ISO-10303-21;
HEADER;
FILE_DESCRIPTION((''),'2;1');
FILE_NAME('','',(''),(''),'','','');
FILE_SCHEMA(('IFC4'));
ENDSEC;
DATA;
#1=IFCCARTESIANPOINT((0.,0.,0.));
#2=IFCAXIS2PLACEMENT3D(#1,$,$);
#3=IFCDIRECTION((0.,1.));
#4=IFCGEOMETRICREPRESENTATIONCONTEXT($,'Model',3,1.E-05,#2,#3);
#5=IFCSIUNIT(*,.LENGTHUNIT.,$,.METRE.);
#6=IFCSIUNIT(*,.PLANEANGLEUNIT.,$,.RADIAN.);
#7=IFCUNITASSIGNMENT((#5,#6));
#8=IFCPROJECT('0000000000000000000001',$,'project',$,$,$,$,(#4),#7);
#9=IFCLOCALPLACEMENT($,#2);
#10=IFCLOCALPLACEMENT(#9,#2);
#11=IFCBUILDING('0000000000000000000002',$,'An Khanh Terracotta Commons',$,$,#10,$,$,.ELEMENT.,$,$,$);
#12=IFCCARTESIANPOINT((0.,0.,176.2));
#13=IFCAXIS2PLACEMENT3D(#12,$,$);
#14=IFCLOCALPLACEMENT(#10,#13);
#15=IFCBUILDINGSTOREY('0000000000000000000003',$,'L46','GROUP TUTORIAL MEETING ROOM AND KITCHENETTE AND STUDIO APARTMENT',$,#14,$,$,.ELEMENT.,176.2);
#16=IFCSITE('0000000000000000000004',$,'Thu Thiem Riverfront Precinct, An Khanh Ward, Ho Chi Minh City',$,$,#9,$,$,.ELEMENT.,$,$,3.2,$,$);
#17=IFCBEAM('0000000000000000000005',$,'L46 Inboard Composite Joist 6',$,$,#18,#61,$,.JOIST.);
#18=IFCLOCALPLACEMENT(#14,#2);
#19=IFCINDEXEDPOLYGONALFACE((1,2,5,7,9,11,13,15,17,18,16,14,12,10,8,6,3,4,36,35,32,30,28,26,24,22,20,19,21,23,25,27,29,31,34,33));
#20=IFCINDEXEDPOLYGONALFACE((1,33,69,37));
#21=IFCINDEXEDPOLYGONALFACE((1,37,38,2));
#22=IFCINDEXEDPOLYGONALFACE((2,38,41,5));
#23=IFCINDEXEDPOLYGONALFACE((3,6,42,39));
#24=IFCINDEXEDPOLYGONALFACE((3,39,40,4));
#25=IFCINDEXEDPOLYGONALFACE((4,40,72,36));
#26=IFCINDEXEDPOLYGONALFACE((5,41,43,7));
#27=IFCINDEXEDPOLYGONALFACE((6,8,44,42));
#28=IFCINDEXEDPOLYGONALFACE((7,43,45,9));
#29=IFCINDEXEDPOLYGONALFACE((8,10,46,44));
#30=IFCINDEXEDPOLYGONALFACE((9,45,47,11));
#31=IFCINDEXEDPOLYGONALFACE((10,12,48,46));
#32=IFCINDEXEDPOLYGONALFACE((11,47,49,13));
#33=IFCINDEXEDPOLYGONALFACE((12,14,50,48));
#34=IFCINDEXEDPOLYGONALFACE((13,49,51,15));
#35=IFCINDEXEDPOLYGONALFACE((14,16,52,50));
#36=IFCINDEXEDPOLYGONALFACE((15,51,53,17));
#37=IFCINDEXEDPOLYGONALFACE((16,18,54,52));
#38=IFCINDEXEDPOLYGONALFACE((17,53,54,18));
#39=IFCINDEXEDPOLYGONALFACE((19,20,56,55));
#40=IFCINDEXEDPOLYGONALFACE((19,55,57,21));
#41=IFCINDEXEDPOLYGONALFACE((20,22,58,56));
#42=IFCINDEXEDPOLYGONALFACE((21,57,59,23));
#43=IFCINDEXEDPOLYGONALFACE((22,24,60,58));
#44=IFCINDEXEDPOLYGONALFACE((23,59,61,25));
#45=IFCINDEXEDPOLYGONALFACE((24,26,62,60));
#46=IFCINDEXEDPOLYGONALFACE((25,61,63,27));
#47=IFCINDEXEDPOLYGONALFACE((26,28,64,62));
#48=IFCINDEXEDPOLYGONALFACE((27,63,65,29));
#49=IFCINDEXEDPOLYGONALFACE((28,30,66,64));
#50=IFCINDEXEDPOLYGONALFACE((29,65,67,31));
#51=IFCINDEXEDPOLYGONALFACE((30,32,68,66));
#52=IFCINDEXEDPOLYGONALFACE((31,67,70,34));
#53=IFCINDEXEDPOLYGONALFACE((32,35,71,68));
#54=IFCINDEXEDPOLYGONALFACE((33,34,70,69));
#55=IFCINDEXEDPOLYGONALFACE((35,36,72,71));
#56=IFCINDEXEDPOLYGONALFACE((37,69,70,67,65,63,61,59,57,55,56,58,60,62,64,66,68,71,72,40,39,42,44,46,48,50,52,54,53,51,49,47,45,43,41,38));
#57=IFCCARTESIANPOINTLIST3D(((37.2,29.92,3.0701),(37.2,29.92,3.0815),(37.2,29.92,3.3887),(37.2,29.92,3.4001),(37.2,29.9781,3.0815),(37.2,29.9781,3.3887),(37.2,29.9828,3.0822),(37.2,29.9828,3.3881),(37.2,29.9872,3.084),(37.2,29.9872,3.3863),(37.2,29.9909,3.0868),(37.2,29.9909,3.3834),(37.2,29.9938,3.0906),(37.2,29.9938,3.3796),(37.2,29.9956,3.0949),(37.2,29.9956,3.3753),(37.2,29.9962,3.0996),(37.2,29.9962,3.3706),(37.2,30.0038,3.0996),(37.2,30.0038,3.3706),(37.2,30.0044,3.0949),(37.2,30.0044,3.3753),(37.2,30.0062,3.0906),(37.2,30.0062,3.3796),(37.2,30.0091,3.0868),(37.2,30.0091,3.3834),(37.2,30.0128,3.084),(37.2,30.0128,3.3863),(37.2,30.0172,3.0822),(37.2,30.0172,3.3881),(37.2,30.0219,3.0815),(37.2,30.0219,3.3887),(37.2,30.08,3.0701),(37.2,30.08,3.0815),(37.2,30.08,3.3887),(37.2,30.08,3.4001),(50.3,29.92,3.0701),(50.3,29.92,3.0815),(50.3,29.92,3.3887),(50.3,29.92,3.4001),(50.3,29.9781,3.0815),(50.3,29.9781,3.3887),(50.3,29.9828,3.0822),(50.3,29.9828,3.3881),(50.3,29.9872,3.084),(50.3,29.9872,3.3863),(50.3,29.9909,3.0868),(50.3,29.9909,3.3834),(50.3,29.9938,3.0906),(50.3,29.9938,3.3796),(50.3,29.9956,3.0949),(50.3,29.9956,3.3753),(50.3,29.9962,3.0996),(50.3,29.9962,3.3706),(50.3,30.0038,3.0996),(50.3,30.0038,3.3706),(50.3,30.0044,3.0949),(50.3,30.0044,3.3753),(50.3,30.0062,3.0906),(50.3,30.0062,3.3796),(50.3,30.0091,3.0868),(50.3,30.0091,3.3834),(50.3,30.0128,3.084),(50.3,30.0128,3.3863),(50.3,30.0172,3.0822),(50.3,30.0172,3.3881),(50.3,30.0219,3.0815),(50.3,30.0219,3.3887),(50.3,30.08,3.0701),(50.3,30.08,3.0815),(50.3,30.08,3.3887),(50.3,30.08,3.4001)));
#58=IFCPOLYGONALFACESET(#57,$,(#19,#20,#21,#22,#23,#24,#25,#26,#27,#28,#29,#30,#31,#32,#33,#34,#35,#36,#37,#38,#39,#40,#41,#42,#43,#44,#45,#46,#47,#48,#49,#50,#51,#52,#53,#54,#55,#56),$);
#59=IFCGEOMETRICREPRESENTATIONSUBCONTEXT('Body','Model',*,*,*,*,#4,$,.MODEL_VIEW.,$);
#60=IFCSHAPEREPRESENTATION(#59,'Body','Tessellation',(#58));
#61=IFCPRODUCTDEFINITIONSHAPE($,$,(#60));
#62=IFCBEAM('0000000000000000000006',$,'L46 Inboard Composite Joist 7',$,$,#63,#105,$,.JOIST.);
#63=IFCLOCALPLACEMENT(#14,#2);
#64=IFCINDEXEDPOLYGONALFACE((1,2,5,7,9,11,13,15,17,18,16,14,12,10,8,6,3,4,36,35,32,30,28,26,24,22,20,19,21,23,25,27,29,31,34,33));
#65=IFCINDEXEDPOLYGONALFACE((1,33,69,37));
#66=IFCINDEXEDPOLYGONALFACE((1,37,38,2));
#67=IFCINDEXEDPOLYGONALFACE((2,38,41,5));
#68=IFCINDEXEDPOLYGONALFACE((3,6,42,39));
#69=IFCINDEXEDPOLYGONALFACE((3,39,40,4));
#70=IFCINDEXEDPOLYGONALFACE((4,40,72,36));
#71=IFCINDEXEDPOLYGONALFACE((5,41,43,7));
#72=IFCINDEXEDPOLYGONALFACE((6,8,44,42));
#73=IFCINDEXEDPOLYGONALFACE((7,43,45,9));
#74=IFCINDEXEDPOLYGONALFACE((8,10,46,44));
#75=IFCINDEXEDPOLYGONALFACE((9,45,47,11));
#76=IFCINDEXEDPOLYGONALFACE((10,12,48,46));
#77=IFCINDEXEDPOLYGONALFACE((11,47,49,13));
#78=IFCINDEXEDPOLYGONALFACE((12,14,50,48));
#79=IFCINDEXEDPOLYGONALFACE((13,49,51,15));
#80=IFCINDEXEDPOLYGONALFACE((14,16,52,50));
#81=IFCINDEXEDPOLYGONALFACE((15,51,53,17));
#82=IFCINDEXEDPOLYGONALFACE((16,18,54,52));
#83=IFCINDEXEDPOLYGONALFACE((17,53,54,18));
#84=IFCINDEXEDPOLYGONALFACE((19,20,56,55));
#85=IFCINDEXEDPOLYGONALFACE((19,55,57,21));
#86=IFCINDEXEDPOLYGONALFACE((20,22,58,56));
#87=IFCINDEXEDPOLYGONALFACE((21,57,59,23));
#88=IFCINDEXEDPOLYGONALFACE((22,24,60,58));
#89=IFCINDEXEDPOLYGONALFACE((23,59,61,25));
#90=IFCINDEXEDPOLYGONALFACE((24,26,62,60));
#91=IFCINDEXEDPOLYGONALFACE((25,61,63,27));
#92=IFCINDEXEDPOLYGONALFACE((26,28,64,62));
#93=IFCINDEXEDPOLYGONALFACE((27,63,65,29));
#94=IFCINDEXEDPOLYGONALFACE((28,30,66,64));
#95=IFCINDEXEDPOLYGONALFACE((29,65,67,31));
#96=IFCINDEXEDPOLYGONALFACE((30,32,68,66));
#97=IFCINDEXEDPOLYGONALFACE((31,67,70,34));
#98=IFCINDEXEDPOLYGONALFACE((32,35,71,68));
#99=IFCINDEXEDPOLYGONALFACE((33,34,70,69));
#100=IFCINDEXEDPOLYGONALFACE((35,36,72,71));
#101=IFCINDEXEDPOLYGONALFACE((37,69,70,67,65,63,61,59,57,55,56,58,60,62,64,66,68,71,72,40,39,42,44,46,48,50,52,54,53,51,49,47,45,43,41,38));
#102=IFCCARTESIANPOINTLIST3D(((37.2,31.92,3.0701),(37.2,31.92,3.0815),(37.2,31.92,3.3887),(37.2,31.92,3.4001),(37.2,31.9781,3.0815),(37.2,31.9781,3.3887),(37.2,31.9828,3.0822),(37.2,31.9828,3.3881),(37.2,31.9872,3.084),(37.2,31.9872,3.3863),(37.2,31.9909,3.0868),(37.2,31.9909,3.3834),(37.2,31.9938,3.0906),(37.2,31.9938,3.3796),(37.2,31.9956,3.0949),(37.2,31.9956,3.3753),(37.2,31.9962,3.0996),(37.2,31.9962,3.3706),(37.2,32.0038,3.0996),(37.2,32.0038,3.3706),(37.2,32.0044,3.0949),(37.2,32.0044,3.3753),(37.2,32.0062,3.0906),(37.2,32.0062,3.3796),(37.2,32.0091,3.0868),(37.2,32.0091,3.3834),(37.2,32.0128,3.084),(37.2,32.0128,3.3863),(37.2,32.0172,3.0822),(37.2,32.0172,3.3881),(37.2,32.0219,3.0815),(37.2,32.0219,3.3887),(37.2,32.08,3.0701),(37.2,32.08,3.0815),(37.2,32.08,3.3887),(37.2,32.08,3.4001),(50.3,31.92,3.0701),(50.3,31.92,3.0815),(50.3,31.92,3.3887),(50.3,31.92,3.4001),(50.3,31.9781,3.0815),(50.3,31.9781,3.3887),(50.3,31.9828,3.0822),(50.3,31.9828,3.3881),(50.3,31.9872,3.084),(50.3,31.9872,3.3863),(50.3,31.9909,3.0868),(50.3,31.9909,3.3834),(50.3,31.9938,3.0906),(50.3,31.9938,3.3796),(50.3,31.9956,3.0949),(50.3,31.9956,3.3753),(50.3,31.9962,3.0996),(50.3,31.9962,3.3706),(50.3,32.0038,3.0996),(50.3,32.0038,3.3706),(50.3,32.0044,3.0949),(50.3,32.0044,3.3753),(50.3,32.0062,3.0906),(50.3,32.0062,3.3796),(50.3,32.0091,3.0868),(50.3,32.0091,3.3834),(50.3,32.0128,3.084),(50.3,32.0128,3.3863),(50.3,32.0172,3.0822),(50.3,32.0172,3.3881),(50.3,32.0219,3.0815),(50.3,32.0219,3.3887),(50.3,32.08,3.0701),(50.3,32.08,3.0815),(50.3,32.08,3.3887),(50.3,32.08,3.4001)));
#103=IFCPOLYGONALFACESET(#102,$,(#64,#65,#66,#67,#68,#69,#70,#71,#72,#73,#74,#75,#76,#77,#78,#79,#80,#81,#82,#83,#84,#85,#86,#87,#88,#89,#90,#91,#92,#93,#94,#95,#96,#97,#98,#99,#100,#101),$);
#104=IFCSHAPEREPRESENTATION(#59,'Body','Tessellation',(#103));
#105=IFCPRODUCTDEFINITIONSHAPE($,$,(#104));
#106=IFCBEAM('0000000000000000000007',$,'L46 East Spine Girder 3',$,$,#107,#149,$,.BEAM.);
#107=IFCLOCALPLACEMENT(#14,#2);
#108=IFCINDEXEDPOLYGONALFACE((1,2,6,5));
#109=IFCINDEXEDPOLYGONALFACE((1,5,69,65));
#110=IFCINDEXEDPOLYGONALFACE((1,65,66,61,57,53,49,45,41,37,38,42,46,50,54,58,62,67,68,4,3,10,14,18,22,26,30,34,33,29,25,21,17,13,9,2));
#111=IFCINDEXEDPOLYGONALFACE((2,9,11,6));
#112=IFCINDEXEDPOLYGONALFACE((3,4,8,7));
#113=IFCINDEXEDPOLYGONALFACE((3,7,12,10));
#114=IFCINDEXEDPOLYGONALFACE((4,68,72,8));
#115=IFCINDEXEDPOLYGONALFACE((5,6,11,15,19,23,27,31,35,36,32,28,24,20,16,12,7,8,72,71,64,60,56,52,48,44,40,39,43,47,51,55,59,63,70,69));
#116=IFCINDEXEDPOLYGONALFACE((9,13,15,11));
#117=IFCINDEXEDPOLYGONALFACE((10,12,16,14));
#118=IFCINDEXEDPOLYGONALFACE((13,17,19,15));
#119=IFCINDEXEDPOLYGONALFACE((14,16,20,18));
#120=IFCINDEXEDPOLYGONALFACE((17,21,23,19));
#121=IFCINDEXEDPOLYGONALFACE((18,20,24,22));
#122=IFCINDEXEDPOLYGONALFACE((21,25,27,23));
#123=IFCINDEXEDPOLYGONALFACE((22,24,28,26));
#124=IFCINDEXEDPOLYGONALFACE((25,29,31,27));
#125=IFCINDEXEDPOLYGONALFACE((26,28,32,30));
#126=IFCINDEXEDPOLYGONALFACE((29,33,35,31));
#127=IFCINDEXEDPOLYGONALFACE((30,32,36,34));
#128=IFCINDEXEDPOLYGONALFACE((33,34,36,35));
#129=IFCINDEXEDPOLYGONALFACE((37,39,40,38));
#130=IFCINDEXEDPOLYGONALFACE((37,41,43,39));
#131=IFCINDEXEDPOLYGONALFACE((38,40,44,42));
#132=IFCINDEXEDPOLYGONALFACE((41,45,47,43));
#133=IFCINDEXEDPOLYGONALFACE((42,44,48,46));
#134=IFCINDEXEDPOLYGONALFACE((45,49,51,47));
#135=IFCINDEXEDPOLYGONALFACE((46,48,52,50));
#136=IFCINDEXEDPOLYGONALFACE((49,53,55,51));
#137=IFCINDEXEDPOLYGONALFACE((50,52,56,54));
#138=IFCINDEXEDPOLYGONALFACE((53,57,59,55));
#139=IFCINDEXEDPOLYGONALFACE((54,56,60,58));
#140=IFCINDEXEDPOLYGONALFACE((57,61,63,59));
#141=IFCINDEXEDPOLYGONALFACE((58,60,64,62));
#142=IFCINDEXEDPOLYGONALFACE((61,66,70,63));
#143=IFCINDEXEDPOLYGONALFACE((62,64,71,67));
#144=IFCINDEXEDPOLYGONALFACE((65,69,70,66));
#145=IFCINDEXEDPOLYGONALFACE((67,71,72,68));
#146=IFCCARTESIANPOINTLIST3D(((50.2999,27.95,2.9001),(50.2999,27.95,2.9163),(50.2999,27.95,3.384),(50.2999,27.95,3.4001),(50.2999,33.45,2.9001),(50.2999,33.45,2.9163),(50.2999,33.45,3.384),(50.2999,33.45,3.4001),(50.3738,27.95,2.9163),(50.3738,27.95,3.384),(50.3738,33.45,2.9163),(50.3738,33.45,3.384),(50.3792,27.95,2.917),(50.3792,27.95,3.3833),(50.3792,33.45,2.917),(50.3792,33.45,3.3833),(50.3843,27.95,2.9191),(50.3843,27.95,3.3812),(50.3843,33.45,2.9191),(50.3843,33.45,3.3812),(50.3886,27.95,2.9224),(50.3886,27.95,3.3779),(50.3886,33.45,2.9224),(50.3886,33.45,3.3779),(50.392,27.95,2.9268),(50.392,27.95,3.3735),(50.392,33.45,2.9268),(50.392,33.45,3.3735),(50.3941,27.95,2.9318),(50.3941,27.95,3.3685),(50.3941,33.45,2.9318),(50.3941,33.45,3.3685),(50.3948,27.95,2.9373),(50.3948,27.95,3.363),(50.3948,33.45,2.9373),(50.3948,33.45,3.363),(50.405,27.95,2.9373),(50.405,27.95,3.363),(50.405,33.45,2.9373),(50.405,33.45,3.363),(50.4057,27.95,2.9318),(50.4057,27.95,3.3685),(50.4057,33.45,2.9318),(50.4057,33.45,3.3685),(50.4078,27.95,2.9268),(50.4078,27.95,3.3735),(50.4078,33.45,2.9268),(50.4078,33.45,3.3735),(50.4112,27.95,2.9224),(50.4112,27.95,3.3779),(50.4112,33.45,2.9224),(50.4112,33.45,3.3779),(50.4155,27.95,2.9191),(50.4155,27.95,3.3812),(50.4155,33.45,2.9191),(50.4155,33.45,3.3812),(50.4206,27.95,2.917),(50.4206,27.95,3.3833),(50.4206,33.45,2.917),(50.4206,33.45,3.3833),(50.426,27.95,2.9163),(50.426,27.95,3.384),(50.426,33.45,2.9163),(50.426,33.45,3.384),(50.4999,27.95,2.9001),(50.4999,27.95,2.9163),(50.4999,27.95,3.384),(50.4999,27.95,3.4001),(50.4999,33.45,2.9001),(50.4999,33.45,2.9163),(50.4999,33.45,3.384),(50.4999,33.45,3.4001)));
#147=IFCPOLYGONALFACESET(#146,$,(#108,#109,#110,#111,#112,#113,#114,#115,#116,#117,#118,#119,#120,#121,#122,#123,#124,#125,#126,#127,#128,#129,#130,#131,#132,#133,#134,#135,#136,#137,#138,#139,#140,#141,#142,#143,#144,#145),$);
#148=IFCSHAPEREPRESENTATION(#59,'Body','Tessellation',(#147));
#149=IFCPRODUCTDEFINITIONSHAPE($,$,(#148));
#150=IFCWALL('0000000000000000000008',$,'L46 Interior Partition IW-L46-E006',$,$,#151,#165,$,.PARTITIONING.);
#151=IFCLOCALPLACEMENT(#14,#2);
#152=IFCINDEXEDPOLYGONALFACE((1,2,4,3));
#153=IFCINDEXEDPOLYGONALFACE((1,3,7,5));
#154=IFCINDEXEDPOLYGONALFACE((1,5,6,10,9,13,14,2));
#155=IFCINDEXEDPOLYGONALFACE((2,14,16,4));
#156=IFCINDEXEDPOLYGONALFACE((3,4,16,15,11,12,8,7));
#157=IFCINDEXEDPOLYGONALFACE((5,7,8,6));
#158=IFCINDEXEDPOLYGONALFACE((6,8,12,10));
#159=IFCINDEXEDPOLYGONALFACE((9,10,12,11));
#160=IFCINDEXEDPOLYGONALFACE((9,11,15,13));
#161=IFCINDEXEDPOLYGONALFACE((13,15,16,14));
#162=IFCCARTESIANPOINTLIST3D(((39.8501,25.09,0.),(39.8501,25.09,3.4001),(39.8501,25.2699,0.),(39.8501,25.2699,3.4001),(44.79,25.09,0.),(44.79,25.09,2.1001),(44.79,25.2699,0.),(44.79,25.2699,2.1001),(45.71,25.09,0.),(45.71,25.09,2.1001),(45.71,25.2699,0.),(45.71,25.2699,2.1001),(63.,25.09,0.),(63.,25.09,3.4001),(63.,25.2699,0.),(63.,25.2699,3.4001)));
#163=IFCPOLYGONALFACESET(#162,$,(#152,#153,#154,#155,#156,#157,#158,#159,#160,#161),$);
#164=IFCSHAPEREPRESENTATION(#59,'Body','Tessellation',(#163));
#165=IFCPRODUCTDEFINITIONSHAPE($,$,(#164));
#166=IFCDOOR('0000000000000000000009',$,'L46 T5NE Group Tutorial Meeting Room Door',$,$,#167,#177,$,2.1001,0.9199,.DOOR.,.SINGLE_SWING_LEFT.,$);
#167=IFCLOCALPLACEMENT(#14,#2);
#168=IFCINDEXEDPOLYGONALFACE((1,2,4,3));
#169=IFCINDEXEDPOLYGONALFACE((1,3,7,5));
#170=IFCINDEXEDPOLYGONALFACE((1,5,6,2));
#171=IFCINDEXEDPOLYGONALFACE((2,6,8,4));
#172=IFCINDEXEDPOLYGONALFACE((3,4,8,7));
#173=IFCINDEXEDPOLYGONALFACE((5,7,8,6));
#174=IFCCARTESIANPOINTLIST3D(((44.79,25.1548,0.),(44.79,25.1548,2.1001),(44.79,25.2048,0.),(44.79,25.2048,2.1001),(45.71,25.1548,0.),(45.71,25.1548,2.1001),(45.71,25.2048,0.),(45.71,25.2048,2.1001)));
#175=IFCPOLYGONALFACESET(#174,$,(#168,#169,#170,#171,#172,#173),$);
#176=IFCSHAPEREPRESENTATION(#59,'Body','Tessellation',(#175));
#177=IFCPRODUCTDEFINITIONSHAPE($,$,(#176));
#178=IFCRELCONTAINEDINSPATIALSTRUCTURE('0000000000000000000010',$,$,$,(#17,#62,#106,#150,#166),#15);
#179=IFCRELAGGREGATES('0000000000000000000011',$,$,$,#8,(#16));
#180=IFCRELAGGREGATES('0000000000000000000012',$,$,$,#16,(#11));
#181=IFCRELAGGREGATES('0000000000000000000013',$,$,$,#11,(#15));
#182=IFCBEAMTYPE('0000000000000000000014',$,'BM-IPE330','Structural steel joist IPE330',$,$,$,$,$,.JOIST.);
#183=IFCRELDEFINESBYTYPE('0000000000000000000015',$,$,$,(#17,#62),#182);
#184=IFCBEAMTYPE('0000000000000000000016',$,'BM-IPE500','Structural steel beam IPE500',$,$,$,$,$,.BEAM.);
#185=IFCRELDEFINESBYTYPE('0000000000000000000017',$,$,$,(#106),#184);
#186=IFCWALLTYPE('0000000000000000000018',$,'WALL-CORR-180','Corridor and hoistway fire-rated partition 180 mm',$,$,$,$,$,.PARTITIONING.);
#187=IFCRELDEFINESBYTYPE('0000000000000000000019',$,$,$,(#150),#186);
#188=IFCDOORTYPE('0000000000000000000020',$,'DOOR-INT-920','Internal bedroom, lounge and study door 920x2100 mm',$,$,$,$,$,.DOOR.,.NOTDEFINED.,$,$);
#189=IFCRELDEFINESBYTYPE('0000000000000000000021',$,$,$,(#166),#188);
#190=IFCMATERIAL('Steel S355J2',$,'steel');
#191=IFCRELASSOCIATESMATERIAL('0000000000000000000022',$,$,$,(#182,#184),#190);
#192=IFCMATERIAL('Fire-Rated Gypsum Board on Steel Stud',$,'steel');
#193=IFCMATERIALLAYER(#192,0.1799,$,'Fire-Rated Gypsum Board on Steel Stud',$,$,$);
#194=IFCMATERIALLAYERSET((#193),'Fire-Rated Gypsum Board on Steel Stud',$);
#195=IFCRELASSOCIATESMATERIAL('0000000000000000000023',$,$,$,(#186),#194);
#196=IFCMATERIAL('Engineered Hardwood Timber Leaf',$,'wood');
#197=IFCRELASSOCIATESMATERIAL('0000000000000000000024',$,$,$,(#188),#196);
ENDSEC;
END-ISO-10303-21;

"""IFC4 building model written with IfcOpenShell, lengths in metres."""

from ifc_helpers import new_model, si_unit, direction, frame, frame_2d, origin, origin_2d, place, context, subcontext, project, spatial, rectangle, i_section, extrude, material, layer, layer_set, material_profile, profile_set, type_object, element, fill, save


model = new_model("IFC4")

# Units and contexts
model_context = context("Model", 3, precision=1e-05, world=origin(), true_north=direction((0.0, 1.0)))
body_context = subcontext(model_context, "Body", "Model", "MODEL_VIEW")
ifc_project = project(units=[si_unit("LENGTHUNIT", "METRE"), si_unit("PLANEANGLEUNIT", "RADIAN")], contexts=[model_context])

# Site, building, storey
site_placement = place(None, origin())
site = spatial("IfcSite", under=ifc_project, at=site_placement, Name="Thu Thiem Riverfront Precinct, An Khanh Ward, Ho Chi Minh City", CompositionType="ELEMENT", RefElevation=3.2)
building_placement = place(site_placement, origin())
building = spatial("IfcBuilding", under=site, at=building_placement, Name="An Khanh Terracotta Commons", CompositionType="ELEMENT")
storey_placement = place(building_placement, frame((0.0, 0.0, 176.2)))
storey = spatial("IfcBuildingStorey", under=building, at=storey_placement, Name="L46", Description="GROUP TUTORIAL MEETING ROOM AND KITCHENETTE AND STUDIO APARTMENT", CompositionType="ELEMENT", Elevation=176.2)

# Beams
ifc_material_1 = material(Name="Steel S355J2", Category="steel")
ifc_material_profile_1 = material_profile(ifc_material_1, i_section(OverallWidth=0.1599, OverallDepth=0.3301, WebThickness=0.0076, FlangeThickness=0.0115, FilletRadius=0.0181, at=origin_2d()), Name="IPE330")
ifc_profile_set_1 = profile_set([ifc_material_profile_1], Name="Steel S355J2")
beam_type_1 = type_object("IfcBeamType", Name="BM-IPE330", Description="Structural steel joist IPE330", PredefinedType="JOIST", material=ifc_profile_set_1)
for number, where, z_axis, x_axis, name in (
    (1, (37.2, 30.0, 3.2351), (1.0, 0.0, 0.0), (0.0, 1.0, 0.0), "L46 Inboard Composite Joist 6"),
    (2, (37.2, 32.0, 3.2351), (1.0, 0.0, 0.0), (0.0, 1.0, 0.0), "L46 Inboard Composite Joist 7"),
):
    element("IfcBeam", number, at=place(storey_placement, frame(where, z_axis=z_axis, x_axis=x_axis)), inside=storey, type_object=beam_type_1, Name=name, PredefinedType="JOIST", context=body_context, shape_type="SweptSolid", body=[
        extrude(i_section(OverallWidth=0.1599, OverallDepth=0.3301, WebThickness=0.0076, FlangeThickness=0.0115, FilletRadius=0.0181, at=origin_2d()), origin(), (0.0, 0.0, 1.0), 13.1001),
    ])
ifc_material_profile_2 = material_profile(ifc_material_1, i_section(OverallWidth=0.2, OverallDepth=0.5, WebThickness=0.0103, FlangeThickness=0.0161, FilletRadius=0.021, at=origin_2d()), Name="IPE500")
ifc_profile_set_2 = profile_set([ifc_material_profile_2], Name="Steel S355J2")
beam_type_2 = type_object("IfcBeamType", Name="BM-IPE500", Description="Structural steel beam IPE500", PredefinedType="BEAM", material=ifc_profile_set_2)
beam_1_placement = place(storey_placement, frame((50.3999, 27.95, 3.1501), z_axis=(0.0, 1.0, 0.0), x_axis=(-1.0, 0.0, 0.0)))
element("IfcBeam", 3, at=beam_1_placement, inside=storey, type_object=beam_type_2, Name="L46 East Spine Girder 3", PredefinedType="BEAM", context=body_context, shape_type="SweptSolid", body=[
    extrude(i_section(OverallWidth=0.2, OverallDepth=0.5, WebThickness=0.0103, FlangeThickness=0.0161, FilletRadius=0.021, at=origin_2d()), origin(), (0.0, 0.0, 1.0), 5.5),
])

# Wall, opening, door
ifc_material_2 = material(Name="Fire-Rated Gypsum Board on Steel Stud", Category="steel")
ifc_layer_1 = layer(ifc_material_2, 0.1799, Name="Fire-Rated Gypsum Board on Steel Stud")
ifc_layer_set_1 = layer_set([ifc_layer_1], Name="Fire-Rated Gypsum Board on Steel Stud")
wall_type_1 = type_object("IfcWallType", Name="WALL-CORR-180", Description="Corridor and hoistway fire-rated partition 180 mm", PredefinedType="PARTITIONING", material=ifc_layer_set_1)
wall_1_placement = place(storey_placement, frame((39.8501, 25.1799, 0.0), z_axis=(0.0, 0.0, 1.0), x_axis=(1.0, 0.0, 0.0)))
wall_1 = element("IfcWall", 4, at=wall_1_placement, inside=storey, type_object=wall_type_1, Name="L46 Interior Partition IW-L46-E006", PredefinedType="PARTITIONING", context=body_context, shape_type="SweptSolid", body=[
    extrude(rectangle(XDim=23.1499, YDim=0.1799, at=frame_2d((11.575, 0.0))), origin(), (0.0, 0.0, 1.0), 3.4001),
])
opening_1_placement = place(wall_1_placement, frame((4.9399, 0.0, 0.0)))
opening_1 = element("IfcOpeningElement", 5, at=opening_1_placement, cuts=wall_1, PredefinedType="OPENING", context=body_context, shape_type="SweptSolid", body=[
    extrude(rectangle(XDim=0.9199, YDim=2.1001, at=frame_2d((0.46, 1.05))), frame((0.0, 0.0999, 0.0), z_axis=(0.0, -1.0, 0.0), x_axis=(1.0, 0.0, 0.0)), (0.0, 0.0, 1.0), 0.2),
])
ifc_material_3 = material(Name="Engineered Hardwood Timber Leaf", Category="wood")
door_type = type_object("IfcDoorType", Name="DOOR-INT-920", Description="Internal bedroom, lounge and study door 920x2100 mm", OperationType="NOTDEFINED", PredefinedType="DOOR", material=ifc_material_3)
door_1_placement = place(opening_1_placement, origin())
door_1 = element("IfcDoor", 6, at=door_1_placement, inside=storey, type_object=door_type, Name="L46 T5NE Group Tutorial Meeting Room Door", OperationType="SINGLE_SWING_LEFT", OverallHeight=2.1001, OverallWidth=0.9199, PredefinedType="DOOR", context=body_context, shape_type="SweptSolid", body=[
    extrude(rectangle(XDim=0.9199, YDim=2.1001, at=frame_2d((0.46, 1.05))), frame((0.0, 0.0249, 0.0), z_axis=(0.0, -1.0, 0.0), x_axis=(1.0, 0.0, 0.0)), (0.0, 0.0, 1.0), 0.05),
])
fill(opening_1, door_1)

save(model, "model.ifc")
